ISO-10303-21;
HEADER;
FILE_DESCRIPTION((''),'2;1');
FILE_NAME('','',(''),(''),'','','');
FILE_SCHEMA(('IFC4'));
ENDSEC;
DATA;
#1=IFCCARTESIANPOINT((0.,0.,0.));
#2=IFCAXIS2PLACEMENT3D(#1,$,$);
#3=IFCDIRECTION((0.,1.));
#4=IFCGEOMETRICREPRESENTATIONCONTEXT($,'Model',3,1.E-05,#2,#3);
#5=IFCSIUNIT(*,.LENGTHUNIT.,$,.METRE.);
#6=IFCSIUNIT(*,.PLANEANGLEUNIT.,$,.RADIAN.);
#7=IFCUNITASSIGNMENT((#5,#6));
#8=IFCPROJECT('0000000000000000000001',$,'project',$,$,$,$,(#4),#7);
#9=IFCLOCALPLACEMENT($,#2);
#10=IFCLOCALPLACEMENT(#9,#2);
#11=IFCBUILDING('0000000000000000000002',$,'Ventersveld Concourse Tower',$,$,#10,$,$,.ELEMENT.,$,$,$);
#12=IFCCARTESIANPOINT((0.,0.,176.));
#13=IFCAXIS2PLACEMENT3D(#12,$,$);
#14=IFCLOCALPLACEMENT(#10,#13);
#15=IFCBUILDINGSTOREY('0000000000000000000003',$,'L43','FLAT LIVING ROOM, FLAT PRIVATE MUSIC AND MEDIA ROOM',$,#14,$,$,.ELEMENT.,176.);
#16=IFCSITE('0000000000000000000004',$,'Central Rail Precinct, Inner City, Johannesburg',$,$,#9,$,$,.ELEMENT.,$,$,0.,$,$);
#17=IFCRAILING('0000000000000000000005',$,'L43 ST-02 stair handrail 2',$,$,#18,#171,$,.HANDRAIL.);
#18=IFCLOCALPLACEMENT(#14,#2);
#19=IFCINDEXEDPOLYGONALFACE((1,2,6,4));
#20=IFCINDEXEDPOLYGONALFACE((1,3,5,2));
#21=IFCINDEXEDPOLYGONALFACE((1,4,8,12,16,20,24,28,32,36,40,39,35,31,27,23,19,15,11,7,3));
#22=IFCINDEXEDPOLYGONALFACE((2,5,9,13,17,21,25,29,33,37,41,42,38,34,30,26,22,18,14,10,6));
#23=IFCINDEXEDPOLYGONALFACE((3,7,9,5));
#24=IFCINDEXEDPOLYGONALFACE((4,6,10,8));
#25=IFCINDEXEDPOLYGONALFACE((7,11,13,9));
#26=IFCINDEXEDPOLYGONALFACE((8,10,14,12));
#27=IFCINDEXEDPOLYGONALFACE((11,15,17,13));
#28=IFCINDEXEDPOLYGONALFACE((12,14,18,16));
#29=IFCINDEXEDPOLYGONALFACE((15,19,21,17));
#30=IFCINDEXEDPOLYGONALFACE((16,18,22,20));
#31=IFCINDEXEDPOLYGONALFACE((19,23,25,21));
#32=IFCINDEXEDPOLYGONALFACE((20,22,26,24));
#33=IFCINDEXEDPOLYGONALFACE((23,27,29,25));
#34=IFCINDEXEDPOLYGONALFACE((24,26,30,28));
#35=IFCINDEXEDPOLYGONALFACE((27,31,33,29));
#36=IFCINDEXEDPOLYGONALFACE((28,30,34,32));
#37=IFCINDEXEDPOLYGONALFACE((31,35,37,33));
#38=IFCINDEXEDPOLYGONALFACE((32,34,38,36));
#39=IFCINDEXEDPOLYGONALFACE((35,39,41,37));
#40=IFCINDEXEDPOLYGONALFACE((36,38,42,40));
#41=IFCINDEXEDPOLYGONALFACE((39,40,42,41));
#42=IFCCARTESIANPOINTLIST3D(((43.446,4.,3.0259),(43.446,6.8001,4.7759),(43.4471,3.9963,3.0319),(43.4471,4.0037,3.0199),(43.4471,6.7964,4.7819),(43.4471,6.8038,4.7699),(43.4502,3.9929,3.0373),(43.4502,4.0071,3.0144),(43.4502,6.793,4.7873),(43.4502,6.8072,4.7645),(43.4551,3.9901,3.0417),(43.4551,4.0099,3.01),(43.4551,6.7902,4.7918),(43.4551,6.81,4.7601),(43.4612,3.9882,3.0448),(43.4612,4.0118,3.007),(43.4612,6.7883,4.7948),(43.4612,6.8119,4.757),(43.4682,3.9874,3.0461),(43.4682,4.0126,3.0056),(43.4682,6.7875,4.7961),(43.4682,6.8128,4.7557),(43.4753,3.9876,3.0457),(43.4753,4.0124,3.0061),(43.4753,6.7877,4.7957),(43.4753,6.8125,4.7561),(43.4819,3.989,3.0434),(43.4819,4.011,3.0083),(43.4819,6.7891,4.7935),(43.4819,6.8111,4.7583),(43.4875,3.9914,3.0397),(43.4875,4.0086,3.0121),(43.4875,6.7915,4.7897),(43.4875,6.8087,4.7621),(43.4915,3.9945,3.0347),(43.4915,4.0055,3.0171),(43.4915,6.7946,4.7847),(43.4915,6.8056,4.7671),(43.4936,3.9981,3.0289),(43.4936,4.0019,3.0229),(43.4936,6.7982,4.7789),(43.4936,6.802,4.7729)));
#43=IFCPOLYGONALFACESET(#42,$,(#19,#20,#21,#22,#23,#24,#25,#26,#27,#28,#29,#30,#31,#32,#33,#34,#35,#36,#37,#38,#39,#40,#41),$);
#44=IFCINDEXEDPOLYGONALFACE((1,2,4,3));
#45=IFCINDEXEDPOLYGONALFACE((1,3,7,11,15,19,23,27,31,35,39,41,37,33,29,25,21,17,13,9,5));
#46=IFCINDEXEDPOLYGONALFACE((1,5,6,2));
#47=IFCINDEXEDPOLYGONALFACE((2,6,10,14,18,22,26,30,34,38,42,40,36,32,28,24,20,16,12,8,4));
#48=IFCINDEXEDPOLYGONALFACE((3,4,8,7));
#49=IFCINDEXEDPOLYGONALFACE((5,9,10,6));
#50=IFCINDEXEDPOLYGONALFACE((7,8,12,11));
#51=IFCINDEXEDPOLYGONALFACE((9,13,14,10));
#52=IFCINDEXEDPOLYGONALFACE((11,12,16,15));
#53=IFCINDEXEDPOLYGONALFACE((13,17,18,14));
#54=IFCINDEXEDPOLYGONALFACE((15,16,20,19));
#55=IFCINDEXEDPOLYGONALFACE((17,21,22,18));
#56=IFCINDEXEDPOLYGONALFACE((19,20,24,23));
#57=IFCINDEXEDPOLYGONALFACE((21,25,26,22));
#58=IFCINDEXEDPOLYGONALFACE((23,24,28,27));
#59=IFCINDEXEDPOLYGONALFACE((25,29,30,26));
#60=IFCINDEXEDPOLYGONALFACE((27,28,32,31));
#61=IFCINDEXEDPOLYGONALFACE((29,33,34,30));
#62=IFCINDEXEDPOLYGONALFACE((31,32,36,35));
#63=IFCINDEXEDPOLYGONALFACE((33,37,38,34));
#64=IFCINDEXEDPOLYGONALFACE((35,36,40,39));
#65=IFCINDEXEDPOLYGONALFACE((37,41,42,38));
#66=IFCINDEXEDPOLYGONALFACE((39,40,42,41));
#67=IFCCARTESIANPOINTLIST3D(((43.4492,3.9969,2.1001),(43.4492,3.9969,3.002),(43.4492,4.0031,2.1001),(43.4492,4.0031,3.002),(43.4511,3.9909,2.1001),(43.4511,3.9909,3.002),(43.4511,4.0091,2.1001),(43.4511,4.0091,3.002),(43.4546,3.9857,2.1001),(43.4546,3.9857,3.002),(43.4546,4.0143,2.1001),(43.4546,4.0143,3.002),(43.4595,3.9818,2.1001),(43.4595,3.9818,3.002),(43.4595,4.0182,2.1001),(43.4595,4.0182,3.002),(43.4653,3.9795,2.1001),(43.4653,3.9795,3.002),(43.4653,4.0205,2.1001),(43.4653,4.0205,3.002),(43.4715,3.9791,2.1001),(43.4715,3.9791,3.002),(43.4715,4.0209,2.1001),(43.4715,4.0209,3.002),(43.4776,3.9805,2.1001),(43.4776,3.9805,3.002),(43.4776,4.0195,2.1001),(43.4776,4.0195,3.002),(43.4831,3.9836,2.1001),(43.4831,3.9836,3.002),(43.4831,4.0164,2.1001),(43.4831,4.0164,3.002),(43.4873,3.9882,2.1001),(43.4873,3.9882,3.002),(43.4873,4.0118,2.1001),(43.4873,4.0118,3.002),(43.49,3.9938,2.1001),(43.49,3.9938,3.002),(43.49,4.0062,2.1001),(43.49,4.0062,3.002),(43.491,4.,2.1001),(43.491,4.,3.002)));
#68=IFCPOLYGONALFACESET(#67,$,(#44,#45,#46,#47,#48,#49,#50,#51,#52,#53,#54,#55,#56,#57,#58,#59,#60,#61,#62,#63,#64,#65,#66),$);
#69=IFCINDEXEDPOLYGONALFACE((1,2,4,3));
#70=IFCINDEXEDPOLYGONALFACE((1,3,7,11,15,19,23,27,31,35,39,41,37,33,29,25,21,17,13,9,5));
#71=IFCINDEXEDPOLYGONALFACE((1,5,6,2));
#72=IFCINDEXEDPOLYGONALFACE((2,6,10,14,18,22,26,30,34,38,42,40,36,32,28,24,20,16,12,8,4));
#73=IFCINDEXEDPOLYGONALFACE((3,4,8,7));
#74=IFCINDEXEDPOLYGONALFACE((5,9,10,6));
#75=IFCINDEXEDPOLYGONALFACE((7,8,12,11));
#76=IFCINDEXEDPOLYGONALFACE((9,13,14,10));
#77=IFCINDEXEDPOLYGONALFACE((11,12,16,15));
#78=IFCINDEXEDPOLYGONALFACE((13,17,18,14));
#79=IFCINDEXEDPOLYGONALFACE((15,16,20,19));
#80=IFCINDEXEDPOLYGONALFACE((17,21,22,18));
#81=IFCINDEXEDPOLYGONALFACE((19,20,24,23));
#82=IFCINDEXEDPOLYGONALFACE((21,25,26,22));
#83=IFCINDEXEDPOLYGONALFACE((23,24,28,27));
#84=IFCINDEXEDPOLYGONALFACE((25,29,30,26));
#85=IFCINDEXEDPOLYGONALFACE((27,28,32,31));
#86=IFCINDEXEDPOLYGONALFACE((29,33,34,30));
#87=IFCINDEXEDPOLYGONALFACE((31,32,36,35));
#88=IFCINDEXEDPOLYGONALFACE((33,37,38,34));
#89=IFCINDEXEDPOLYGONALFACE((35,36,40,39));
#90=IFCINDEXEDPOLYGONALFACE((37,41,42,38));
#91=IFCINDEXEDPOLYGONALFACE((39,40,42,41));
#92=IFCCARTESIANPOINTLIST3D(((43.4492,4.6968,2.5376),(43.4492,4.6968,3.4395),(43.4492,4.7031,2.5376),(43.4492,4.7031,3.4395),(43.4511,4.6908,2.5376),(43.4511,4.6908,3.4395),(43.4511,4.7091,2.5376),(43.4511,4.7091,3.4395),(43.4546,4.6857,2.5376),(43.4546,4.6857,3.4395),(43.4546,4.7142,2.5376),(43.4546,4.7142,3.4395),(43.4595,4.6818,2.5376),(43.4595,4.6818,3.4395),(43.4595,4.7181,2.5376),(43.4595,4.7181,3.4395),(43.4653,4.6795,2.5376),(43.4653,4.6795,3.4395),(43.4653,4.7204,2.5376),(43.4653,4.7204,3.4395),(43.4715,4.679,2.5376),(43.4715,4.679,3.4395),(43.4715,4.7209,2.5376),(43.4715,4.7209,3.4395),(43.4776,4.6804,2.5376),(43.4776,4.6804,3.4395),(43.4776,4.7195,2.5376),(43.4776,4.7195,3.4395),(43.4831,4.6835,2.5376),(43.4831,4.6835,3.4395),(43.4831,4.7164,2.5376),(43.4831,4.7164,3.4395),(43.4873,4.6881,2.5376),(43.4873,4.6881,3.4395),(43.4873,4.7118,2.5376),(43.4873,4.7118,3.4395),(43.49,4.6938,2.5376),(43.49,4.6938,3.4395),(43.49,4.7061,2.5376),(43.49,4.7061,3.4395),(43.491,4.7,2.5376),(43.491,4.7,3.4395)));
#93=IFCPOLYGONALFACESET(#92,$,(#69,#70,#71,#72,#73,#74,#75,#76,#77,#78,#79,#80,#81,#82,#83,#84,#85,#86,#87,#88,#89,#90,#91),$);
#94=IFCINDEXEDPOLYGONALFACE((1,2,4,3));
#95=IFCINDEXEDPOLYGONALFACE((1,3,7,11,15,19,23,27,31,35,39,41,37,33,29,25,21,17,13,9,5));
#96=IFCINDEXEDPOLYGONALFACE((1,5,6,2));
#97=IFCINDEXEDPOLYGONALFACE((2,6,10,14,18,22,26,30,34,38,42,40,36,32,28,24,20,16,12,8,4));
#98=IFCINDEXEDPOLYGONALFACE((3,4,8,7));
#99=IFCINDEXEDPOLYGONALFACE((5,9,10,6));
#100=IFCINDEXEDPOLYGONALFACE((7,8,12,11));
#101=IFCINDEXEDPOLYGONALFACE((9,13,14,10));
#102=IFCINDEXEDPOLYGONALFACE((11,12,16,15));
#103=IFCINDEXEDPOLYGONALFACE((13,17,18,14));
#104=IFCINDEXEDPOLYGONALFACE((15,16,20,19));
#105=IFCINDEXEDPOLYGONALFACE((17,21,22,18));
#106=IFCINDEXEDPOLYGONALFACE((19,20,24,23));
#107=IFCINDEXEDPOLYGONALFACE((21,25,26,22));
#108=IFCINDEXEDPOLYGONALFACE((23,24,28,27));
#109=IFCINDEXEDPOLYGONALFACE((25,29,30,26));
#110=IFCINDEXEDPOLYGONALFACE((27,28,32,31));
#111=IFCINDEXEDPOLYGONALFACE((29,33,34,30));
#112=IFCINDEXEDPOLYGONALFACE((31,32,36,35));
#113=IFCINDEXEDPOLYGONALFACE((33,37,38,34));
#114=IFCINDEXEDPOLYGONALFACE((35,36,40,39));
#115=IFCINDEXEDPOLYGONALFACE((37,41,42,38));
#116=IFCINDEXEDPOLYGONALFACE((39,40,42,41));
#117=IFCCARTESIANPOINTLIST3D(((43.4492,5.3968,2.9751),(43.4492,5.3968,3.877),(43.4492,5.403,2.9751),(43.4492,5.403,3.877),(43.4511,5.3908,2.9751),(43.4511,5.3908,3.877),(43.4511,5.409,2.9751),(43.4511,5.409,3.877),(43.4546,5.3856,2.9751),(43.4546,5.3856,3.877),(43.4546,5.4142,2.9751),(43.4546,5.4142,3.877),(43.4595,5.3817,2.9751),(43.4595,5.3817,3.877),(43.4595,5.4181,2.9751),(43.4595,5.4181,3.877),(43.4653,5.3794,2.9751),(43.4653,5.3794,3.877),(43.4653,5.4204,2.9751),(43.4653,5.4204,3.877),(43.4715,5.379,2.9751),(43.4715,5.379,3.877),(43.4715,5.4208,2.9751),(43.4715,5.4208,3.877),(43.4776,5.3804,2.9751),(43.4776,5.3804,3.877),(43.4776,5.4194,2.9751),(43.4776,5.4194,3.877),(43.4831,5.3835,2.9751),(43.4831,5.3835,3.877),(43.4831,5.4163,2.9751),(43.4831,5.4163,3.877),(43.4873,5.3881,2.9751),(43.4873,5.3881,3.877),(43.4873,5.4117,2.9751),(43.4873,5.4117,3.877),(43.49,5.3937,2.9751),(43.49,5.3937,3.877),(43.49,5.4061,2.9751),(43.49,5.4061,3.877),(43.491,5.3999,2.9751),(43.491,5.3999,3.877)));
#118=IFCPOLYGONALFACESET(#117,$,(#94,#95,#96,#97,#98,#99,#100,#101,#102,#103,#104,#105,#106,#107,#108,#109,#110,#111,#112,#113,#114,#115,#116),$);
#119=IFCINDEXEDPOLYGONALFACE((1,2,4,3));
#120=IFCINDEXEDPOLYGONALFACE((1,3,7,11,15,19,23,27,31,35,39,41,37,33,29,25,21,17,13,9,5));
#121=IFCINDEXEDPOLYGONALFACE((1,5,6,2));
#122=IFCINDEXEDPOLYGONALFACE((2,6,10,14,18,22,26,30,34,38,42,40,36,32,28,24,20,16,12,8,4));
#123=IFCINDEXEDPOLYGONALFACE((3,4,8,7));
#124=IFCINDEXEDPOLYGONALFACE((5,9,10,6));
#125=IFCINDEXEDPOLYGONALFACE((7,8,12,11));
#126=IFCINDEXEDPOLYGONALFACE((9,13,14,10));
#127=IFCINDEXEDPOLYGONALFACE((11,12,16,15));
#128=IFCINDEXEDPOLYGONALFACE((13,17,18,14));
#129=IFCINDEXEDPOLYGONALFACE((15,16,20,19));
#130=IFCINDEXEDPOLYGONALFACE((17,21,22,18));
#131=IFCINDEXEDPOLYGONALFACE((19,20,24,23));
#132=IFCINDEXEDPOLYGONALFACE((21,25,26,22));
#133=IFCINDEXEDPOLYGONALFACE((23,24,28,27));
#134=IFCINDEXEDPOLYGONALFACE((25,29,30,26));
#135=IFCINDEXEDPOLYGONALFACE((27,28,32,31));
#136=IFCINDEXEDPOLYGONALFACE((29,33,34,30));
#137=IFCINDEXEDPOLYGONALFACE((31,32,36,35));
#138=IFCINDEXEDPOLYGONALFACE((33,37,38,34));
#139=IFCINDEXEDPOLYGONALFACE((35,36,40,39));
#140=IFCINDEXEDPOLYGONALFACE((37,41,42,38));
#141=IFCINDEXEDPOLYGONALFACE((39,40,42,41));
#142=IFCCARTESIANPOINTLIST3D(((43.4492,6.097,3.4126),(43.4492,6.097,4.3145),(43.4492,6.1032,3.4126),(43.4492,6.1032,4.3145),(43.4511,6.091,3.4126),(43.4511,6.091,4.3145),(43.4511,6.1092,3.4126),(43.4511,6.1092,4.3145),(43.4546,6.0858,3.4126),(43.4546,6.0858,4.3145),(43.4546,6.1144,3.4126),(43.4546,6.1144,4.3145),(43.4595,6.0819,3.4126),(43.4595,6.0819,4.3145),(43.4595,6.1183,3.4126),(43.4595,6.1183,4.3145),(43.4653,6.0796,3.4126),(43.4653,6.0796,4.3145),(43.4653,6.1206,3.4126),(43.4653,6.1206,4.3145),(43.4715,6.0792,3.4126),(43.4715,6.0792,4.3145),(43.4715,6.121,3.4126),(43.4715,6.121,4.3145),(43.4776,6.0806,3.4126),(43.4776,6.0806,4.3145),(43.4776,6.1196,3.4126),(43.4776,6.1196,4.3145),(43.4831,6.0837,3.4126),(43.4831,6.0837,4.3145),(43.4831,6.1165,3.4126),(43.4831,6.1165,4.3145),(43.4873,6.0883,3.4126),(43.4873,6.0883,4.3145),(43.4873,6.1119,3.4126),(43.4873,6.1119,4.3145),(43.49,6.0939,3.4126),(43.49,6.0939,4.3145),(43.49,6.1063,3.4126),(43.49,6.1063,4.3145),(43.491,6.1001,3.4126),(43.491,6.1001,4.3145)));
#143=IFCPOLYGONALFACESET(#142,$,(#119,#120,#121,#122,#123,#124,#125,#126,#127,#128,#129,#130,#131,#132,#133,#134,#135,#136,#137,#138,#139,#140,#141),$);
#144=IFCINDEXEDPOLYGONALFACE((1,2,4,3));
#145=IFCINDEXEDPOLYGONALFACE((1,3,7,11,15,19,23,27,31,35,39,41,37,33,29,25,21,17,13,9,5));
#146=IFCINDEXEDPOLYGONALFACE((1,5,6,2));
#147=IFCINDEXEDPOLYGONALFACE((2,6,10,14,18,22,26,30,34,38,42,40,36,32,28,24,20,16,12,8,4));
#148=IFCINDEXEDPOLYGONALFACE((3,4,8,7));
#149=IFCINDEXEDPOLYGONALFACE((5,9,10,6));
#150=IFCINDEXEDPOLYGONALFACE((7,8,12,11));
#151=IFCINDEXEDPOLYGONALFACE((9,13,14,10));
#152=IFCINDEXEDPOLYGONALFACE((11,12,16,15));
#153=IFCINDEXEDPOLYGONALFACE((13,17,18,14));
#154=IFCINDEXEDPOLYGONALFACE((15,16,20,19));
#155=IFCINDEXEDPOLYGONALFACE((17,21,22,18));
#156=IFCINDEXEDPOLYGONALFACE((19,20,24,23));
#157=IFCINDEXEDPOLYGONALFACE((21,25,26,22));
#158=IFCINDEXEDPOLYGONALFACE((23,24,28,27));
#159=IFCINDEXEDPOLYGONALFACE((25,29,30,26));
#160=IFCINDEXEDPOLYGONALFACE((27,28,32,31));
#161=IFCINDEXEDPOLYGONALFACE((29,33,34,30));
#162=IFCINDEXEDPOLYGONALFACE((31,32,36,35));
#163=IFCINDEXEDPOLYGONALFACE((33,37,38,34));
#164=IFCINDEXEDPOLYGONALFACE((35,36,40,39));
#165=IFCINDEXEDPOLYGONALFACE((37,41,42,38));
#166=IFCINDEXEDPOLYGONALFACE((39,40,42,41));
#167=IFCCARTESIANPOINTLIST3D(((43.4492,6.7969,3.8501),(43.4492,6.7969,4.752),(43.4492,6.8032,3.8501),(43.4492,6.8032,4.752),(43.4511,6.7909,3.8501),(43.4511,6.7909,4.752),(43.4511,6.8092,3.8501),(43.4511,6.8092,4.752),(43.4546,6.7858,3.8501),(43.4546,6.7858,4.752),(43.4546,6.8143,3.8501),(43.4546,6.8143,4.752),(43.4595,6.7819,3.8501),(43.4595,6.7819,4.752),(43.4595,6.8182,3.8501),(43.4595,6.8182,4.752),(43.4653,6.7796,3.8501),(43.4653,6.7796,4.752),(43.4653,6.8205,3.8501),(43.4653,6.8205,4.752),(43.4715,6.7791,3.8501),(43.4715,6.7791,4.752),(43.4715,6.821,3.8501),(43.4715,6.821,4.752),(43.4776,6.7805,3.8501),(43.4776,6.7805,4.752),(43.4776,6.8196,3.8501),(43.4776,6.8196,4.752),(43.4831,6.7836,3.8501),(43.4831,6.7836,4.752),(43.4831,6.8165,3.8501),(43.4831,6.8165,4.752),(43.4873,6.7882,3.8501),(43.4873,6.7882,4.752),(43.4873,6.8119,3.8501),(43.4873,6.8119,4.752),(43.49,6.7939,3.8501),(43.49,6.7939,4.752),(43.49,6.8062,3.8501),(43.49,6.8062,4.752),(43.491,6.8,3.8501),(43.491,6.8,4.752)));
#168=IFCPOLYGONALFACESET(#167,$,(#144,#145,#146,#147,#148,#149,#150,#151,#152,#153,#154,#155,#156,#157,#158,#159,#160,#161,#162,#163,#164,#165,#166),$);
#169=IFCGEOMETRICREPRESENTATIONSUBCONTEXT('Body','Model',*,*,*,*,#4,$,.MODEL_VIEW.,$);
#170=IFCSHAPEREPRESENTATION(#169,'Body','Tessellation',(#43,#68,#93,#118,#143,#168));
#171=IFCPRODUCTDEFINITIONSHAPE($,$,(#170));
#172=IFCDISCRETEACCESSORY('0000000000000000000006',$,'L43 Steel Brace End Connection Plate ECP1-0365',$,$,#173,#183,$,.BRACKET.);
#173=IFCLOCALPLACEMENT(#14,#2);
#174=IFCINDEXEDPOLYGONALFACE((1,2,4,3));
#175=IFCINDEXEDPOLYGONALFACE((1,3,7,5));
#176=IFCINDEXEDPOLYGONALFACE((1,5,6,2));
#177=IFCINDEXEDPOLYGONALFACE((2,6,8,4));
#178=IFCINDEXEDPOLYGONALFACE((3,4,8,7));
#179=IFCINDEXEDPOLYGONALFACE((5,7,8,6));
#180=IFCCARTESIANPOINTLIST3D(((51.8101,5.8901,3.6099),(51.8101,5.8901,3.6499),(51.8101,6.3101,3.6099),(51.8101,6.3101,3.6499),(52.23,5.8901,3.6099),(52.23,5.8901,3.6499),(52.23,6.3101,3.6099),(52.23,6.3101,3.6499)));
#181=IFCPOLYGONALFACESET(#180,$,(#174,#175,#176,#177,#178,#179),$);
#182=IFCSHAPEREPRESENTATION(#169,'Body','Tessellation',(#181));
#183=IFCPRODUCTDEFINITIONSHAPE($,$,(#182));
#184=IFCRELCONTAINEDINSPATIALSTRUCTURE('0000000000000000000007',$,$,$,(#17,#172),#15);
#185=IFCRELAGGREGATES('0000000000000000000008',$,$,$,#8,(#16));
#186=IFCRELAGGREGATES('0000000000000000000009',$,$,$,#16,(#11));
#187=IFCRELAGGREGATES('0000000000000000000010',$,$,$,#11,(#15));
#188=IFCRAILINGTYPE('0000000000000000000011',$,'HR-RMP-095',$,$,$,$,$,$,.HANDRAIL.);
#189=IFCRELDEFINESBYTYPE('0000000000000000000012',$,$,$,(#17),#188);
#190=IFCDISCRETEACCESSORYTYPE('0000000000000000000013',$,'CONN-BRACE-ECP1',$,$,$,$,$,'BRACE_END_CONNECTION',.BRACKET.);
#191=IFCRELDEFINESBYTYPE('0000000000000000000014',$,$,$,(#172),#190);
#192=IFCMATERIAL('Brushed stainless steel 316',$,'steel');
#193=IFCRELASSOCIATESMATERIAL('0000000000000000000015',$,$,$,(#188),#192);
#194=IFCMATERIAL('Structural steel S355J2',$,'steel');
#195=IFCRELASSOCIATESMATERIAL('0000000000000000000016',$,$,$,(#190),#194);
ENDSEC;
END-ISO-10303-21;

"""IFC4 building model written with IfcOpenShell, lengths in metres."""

from ifc_helpers import new_model, si_unit, direction, frame, origin, origin_2d, place, context, subcontext, project, spatial, rectangle, circle, extrude, material, type_object, element, save


model = new_model("IFC4")

# Units and contexts
model_context = context("Model", 3, precision=1e-05, world=origin(), true_north=direction((0.0, 1.0)))
body_context = subcontext(model_context, "Body", "Model", "MODEL_VIEW")
ifc_project = project(units=[si_unit("LENGTHUNIT", "METRE"), si_unit("PLANEANGLEUNIT", "RADIAN")], contexts=[model_context])

# Site, building, storey
site_placement = place(None, origin())
site = spatial("IfcSite", under=ifc_project, at=site_placement, Name="Central Rail Precinct, Inner City, Johannesburg", CompositionType="ELEMENT", RefElevation=0.0)
building_placement = place(site_placement, origin())
building = spatial("IfcBuilding", under=site, at=building_placement, Name="Ventersveld Concourse Tower", CompositionType="ELEMENT")
storey_placement = place(building_placement, frame((0.0, 0.0, 176.0)))
storey = spatial("IfcBuildingStorey", under=building, at=storey_placement, Name="L43", Description="FLAT LIVING ROOM, FLAT PRIVATE MUSIC AND MEDIA ROOM", CompositionType="ELEMENT", Elevation=176.0)

# Shared definitions
ifc_material_1 = material(Name="Structural steel S355J2", Category="steel")

# Railing
ifc_material_2 = material(Name="Brushed stainless steel 316", Category="steel")
railing_type = type_object("IfcRailingType", Name="HR-RMP-095", PredefinedType="HANDRAIL", material=ifc_material_2)
railing_placement = place(storey_placement, frame((43.47, 4.0, 2.1001)))
element("IfcRailing", 1, at=railing_placement, inside=storey, type_object=railing_type, Name="L43 ST-02 stair handrail 2", PredefinedType="HANDRAIL", context=body_context, shape_type="SweptSolid", body=[
    extrude(circle(Radius=0.0239, at=origin_2d()), frame((0.0, 0.0, 0.9258), z_axis=(0.0, 0.848002, 0.529992), x_axis=(-1.0, 0.0, 0.0)), (0.0, 0.0, 1.0), 3.302),
    extrude(circle(Radius=0.021, at=origin_2d()), origin(), (0.0, 0.0, 1.0), 0.9019),
    extrude(circle(Radius=0.021, at=origin_2d()), frame((0.0, 0.7, 0.4375)), (0.0, 0.0, 1.0), 0.9019),
    extrude(circle(Radius=0.021, at=origin_2d()), frame((0.0, 1.3999, 0.875)), (0.0, 0.0, 1.0), 0.9019),
    extrude(circle(Radius=0.021, at=origin_2d()), frame((0.0, 2.1001, 1.3125)), (0.0, 0.0, 1.0), 0.9019),
    extrude(circle(Radius=0.021, at=origin_2d()), frame((0.0, 2.8, 1.75)), (0.0, 0.0, 1.0), 0.9019),
])

# Discrete accessory
discrete_accessory_type = type_object("IfcDiscreteAccessoryType", Name="CONN-BRACE-ECP1", ElementType="BRACE_END_CONNECTION", PredefinedType="BRACKET", material=ifc_material_1)
discrete_accessory_placement = place(storey_placement, frame((52.02, 6.1001, 3.6099), z_axis=(0.0, 0.0, 1.0), x_axis=(1.0, 0.0, 0.0)))
element("IfcDiscreteAccessory", 2, at=discrete_accessory_placement, inside=storey, type_object=discrete_accessory_type, Name="L43 Steel Brace End Connection Plate ECP1-0365", PredefinedType="BRACKET", context=body_context, shape_type="SweptSolid", body=[
    extrude(rectangle(XDim=0.4199, YDim=0.4199, at=origin_2d()), origin(), (0.0, 0.0, 1.0), 0.04),
])

save(model, "model.ifc")
